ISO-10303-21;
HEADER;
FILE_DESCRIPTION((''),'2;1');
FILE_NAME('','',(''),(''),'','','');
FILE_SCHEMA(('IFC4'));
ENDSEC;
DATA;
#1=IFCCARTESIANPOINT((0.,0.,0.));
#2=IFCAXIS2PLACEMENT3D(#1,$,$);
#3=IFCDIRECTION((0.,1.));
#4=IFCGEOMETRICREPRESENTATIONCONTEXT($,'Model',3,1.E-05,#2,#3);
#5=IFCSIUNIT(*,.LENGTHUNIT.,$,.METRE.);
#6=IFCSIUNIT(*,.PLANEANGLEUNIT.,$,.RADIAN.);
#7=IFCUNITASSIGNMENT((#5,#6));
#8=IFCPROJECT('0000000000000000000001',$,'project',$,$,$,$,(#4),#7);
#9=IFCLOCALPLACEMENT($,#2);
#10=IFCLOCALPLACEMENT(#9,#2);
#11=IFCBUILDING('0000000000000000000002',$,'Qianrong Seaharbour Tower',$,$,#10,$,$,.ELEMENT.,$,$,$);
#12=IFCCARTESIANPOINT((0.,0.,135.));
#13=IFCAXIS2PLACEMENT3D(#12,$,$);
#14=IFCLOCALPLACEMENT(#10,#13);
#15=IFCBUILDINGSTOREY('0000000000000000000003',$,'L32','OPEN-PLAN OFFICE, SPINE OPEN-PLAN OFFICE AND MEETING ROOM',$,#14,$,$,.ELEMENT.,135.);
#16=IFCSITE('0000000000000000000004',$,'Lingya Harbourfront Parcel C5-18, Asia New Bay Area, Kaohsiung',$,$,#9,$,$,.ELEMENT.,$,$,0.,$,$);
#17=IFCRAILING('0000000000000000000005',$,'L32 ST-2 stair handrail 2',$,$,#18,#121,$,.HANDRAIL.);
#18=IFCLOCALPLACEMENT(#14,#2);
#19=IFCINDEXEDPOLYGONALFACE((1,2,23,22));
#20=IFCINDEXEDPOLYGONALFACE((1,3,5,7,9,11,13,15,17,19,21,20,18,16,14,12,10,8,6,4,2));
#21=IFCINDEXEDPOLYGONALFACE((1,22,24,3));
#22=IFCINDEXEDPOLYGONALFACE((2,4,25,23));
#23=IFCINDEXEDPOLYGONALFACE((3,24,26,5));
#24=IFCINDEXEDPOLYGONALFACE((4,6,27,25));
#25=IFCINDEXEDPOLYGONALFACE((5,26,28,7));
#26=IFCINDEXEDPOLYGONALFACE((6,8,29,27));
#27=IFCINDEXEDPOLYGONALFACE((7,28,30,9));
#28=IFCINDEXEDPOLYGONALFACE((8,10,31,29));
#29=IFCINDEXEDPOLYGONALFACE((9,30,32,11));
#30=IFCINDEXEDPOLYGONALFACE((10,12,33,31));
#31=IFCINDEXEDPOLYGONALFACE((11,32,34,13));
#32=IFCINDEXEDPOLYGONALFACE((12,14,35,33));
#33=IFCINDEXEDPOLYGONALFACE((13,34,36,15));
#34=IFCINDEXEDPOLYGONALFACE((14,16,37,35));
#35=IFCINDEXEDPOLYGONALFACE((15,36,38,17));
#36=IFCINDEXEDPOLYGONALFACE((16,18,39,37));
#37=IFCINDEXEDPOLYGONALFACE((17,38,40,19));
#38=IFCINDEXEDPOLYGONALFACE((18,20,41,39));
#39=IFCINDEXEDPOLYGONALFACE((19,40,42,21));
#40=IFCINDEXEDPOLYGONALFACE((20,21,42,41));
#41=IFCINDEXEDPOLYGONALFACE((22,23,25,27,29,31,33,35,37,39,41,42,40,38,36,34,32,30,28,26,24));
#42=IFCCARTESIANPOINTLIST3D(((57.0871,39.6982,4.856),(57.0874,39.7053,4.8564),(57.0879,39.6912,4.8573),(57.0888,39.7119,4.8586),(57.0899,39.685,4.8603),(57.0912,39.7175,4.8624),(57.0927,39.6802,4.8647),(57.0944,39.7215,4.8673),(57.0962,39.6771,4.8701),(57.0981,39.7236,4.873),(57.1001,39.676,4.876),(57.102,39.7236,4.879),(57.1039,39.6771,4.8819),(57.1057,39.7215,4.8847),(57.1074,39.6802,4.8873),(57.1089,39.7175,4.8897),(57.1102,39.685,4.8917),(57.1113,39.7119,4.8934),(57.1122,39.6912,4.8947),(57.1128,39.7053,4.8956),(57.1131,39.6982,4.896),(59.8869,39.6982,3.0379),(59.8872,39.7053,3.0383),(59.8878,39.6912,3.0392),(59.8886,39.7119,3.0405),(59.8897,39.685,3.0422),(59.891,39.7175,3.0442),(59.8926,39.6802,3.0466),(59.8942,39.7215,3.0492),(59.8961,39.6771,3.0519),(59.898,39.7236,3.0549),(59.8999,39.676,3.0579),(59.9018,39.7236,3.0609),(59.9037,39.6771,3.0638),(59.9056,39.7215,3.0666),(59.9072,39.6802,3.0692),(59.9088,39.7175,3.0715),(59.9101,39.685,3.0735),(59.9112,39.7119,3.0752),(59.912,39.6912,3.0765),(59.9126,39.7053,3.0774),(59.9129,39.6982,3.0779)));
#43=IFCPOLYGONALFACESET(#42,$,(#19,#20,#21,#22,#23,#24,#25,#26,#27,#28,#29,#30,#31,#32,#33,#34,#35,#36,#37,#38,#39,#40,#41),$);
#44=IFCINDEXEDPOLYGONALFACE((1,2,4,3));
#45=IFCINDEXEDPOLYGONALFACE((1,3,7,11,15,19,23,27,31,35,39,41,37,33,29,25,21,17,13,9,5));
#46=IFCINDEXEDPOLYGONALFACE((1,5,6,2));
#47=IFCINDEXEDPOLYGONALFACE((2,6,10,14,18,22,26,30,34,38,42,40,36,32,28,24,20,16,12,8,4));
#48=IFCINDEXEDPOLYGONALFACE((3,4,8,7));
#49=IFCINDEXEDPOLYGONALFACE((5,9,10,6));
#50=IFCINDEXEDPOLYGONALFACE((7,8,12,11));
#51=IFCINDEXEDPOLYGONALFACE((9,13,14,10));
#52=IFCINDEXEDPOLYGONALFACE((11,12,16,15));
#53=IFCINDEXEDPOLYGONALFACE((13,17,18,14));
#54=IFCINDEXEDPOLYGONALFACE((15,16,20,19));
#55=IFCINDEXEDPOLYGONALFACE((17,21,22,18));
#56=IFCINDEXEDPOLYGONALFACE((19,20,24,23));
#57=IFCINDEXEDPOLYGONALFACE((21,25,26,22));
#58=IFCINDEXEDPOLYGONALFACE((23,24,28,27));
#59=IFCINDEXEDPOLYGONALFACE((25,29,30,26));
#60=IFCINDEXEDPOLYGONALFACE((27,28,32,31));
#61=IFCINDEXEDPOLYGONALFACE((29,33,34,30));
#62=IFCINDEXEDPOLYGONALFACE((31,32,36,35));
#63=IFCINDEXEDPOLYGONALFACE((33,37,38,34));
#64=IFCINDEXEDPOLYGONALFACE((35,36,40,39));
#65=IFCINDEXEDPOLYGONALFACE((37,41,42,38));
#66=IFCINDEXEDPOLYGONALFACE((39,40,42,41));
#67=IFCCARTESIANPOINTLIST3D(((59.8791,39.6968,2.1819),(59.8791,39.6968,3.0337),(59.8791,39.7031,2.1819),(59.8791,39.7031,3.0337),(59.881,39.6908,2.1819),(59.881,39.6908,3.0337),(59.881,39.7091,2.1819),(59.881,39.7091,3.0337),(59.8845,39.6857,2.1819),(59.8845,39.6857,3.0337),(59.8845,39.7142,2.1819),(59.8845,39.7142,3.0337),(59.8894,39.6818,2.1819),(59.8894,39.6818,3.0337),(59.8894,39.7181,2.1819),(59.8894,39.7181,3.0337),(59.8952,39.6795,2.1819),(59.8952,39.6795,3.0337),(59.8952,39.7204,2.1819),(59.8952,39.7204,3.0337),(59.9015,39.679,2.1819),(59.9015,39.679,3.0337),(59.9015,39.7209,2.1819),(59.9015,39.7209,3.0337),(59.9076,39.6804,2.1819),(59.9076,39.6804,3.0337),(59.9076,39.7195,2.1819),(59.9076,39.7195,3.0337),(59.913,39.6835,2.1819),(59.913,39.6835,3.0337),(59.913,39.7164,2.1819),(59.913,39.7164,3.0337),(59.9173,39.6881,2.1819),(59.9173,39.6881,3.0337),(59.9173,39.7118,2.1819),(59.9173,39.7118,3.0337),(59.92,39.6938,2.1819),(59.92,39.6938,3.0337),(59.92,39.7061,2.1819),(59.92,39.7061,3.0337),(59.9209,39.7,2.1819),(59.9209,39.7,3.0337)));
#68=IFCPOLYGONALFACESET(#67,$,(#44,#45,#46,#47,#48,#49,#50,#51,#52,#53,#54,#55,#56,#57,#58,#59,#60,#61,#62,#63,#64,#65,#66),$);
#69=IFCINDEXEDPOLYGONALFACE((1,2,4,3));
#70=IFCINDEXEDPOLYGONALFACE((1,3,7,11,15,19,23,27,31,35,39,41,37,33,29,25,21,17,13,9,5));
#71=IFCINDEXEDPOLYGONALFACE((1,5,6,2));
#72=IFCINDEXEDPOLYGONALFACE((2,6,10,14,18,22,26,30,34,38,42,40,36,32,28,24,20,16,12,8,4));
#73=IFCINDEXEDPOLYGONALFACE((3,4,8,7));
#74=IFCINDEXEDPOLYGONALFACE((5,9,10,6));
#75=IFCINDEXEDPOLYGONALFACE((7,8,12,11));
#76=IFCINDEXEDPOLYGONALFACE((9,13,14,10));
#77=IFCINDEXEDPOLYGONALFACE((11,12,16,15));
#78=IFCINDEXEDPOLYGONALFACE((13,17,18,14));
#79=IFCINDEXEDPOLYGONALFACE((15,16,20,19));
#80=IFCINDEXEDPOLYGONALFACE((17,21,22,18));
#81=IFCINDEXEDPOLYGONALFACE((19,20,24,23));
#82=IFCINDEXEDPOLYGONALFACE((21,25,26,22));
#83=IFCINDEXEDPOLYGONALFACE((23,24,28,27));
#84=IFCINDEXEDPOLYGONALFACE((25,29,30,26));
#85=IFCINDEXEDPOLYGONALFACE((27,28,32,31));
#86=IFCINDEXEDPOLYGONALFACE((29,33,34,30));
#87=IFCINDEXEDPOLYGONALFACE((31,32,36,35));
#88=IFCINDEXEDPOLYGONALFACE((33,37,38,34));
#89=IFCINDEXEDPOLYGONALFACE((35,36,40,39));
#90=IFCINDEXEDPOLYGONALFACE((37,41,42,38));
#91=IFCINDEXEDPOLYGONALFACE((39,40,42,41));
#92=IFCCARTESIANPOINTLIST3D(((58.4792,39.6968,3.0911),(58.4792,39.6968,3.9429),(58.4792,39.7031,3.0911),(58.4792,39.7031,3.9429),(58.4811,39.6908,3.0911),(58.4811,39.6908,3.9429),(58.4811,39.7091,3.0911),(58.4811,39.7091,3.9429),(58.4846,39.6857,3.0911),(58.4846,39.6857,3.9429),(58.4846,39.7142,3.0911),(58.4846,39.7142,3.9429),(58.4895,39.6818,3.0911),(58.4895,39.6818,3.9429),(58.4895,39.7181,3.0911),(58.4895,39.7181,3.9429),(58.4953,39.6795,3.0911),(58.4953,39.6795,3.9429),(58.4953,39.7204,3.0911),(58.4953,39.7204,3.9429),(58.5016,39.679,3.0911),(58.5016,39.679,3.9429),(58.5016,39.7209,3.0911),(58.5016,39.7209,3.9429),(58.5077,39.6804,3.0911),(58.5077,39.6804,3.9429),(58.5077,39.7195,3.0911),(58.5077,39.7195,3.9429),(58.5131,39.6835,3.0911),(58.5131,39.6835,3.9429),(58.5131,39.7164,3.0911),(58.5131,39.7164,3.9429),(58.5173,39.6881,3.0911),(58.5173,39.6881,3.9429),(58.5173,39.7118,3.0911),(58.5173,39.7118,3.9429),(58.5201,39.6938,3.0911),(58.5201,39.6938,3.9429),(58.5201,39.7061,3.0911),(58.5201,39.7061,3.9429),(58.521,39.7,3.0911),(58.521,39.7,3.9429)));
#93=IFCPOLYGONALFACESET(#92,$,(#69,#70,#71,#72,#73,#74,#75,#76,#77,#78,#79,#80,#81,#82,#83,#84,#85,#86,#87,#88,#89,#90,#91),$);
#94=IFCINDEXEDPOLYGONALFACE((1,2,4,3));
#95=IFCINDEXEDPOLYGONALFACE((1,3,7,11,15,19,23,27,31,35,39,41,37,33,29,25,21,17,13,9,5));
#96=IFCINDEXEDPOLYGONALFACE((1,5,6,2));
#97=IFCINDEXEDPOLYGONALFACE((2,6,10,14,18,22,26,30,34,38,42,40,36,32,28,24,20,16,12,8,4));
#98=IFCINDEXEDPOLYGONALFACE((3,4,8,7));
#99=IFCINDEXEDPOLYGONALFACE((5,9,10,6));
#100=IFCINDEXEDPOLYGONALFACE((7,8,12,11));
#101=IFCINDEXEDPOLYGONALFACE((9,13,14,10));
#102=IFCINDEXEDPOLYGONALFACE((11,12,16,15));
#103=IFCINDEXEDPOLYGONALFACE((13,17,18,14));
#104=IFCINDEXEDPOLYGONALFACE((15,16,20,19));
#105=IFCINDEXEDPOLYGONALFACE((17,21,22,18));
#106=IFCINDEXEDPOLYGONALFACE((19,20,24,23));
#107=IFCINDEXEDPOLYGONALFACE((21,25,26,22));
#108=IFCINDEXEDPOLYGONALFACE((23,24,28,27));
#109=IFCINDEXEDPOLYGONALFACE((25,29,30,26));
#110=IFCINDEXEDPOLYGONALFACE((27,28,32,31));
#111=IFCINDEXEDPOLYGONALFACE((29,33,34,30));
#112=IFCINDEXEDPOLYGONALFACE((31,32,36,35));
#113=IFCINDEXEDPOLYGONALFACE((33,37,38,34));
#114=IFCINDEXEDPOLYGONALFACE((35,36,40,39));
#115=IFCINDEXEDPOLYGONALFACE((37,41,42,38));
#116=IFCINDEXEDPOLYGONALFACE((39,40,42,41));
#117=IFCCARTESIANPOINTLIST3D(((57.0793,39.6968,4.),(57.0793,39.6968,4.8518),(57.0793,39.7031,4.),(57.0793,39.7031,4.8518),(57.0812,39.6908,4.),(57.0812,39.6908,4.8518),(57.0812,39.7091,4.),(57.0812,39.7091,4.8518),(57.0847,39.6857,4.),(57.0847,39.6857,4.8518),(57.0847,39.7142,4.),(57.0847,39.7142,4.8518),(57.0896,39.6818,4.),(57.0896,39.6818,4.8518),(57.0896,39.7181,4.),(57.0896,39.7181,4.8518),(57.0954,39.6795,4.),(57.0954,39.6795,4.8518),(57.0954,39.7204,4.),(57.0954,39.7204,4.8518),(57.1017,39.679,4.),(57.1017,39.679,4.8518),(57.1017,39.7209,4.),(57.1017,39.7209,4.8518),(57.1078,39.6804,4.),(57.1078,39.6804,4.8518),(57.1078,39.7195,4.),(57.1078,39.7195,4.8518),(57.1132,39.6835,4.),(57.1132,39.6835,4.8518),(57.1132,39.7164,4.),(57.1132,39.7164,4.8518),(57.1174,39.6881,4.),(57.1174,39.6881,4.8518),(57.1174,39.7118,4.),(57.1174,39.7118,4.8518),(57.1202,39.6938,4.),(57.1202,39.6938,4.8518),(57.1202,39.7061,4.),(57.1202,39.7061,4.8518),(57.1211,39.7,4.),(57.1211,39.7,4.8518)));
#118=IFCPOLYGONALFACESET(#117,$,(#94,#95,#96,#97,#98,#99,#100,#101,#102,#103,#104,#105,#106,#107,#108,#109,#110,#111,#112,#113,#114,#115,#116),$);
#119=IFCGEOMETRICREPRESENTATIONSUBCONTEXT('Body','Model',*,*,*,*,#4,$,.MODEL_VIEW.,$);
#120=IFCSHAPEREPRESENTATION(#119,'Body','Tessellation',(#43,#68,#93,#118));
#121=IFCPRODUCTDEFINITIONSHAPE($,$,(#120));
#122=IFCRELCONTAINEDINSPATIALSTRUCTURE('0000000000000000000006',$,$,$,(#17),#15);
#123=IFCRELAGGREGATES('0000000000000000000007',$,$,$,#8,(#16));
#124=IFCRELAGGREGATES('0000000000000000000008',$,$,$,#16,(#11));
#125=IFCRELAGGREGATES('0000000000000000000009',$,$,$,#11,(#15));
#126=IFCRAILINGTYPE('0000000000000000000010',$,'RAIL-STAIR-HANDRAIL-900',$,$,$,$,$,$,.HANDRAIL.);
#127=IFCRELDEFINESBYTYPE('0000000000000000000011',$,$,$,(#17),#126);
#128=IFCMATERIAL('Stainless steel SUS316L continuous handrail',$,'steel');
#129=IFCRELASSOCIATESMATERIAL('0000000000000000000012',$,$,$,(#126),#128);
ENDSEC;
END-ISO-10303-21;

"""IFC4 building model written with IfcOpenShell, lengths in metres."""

from ifc_helpers import new_model, si_unit, direction, frame, origin, origin_2d, place, context, subcontext, project, spatial, circle, extrude, material, type_object, element, save


model = new_model("IFC4")

# Units and contexts
model_context = context("Model", 3, precision=1e-05, world=origin(), true_north=direction((0.0, 1.0)))
body_context = subcontext(model_context, "Body", "Model", "MODEL_VIEW")
ifc_project = project(units=[si_unit("LENGTHUNIT", "METRE"), si_unit("PLANEANGLEUNIT", "RADIAN")], contexts=[model_context])

# Site, building, storey
site_placement = place(None, origin())
site = spatial("IfcSite", under=ifc_project, at=site_placement, Name="Lingya Harbourfront Parcel C5-18, Asia New Bay Area, Kaohsiung", CompositionType="ELEMENT", RefElevation=0.0)
building_placement = place(site_placement, origin())
building = spatial("IfcBuilding", under=site, at=building_placement, Name="Qianrong Seaharbour Tower", CompositionType="ELEMENT")
storey_placement = place(building_placement, frame((0.0, 0.0, 135.0)))
storey = spatial("IfcBuildingStorey", under=building, at=storey_placement, Name="L32", Description="OPEN-PLAN OFFICE, SPINE OPEN-PLAN OFFICE AND MEETING ROOM", CompositionType="ELEMENT", Elevation=135.0)

# Railing
ifc_material_1 = material(Name="Stainless steel SUS316L continuous handrail", Category="steel")
railing_type_1 = type_object("IfcRailingType", Name="RAIL-STAIR-HANDRAIL-900", PredefinedType="HANDRAIL", material=ifc_material_1)
railing_1_placement = place(storey_placement, frame((59.8999, 39.7, 2.1819)))
element("IfcRailing", 1, at=railing_1_placement, inside=storey, type_object=railing_type_1, Name="L32 ST-2 stair handrail 2", PredefinedType="HANDRAIL", context=body_context, shape_type="SweptSolid", body=[
    extrude(circle(Radius=0.0239, at=origin_2d()), frame((0.0, 0.0, 0.876), z_axis=(-0.838684, 0.0, 0.544618), x_axis=(0.0, -1.0, 0.0)), (0.0, 0.0, 1.0), 3.3384),
    extrude(circle(Radius=0.021, at=origin_2d()), origin(), (0.0, 0.0, 1.0), 0.8518),
    extrude(circle(Radius=0.021, at=origin_2d()), frame((-1.3999, 0.0, 0.9092)), (0.0, 0.0, 1.0), 0.8518),
    extrude(circle(Radius=0.021, at=origin_2d()), frame((-2.7998, 0.0, 1.8181)), (0.0, 0.0, 1.0), 0.8518),
])

save(model, "model.ifc")
